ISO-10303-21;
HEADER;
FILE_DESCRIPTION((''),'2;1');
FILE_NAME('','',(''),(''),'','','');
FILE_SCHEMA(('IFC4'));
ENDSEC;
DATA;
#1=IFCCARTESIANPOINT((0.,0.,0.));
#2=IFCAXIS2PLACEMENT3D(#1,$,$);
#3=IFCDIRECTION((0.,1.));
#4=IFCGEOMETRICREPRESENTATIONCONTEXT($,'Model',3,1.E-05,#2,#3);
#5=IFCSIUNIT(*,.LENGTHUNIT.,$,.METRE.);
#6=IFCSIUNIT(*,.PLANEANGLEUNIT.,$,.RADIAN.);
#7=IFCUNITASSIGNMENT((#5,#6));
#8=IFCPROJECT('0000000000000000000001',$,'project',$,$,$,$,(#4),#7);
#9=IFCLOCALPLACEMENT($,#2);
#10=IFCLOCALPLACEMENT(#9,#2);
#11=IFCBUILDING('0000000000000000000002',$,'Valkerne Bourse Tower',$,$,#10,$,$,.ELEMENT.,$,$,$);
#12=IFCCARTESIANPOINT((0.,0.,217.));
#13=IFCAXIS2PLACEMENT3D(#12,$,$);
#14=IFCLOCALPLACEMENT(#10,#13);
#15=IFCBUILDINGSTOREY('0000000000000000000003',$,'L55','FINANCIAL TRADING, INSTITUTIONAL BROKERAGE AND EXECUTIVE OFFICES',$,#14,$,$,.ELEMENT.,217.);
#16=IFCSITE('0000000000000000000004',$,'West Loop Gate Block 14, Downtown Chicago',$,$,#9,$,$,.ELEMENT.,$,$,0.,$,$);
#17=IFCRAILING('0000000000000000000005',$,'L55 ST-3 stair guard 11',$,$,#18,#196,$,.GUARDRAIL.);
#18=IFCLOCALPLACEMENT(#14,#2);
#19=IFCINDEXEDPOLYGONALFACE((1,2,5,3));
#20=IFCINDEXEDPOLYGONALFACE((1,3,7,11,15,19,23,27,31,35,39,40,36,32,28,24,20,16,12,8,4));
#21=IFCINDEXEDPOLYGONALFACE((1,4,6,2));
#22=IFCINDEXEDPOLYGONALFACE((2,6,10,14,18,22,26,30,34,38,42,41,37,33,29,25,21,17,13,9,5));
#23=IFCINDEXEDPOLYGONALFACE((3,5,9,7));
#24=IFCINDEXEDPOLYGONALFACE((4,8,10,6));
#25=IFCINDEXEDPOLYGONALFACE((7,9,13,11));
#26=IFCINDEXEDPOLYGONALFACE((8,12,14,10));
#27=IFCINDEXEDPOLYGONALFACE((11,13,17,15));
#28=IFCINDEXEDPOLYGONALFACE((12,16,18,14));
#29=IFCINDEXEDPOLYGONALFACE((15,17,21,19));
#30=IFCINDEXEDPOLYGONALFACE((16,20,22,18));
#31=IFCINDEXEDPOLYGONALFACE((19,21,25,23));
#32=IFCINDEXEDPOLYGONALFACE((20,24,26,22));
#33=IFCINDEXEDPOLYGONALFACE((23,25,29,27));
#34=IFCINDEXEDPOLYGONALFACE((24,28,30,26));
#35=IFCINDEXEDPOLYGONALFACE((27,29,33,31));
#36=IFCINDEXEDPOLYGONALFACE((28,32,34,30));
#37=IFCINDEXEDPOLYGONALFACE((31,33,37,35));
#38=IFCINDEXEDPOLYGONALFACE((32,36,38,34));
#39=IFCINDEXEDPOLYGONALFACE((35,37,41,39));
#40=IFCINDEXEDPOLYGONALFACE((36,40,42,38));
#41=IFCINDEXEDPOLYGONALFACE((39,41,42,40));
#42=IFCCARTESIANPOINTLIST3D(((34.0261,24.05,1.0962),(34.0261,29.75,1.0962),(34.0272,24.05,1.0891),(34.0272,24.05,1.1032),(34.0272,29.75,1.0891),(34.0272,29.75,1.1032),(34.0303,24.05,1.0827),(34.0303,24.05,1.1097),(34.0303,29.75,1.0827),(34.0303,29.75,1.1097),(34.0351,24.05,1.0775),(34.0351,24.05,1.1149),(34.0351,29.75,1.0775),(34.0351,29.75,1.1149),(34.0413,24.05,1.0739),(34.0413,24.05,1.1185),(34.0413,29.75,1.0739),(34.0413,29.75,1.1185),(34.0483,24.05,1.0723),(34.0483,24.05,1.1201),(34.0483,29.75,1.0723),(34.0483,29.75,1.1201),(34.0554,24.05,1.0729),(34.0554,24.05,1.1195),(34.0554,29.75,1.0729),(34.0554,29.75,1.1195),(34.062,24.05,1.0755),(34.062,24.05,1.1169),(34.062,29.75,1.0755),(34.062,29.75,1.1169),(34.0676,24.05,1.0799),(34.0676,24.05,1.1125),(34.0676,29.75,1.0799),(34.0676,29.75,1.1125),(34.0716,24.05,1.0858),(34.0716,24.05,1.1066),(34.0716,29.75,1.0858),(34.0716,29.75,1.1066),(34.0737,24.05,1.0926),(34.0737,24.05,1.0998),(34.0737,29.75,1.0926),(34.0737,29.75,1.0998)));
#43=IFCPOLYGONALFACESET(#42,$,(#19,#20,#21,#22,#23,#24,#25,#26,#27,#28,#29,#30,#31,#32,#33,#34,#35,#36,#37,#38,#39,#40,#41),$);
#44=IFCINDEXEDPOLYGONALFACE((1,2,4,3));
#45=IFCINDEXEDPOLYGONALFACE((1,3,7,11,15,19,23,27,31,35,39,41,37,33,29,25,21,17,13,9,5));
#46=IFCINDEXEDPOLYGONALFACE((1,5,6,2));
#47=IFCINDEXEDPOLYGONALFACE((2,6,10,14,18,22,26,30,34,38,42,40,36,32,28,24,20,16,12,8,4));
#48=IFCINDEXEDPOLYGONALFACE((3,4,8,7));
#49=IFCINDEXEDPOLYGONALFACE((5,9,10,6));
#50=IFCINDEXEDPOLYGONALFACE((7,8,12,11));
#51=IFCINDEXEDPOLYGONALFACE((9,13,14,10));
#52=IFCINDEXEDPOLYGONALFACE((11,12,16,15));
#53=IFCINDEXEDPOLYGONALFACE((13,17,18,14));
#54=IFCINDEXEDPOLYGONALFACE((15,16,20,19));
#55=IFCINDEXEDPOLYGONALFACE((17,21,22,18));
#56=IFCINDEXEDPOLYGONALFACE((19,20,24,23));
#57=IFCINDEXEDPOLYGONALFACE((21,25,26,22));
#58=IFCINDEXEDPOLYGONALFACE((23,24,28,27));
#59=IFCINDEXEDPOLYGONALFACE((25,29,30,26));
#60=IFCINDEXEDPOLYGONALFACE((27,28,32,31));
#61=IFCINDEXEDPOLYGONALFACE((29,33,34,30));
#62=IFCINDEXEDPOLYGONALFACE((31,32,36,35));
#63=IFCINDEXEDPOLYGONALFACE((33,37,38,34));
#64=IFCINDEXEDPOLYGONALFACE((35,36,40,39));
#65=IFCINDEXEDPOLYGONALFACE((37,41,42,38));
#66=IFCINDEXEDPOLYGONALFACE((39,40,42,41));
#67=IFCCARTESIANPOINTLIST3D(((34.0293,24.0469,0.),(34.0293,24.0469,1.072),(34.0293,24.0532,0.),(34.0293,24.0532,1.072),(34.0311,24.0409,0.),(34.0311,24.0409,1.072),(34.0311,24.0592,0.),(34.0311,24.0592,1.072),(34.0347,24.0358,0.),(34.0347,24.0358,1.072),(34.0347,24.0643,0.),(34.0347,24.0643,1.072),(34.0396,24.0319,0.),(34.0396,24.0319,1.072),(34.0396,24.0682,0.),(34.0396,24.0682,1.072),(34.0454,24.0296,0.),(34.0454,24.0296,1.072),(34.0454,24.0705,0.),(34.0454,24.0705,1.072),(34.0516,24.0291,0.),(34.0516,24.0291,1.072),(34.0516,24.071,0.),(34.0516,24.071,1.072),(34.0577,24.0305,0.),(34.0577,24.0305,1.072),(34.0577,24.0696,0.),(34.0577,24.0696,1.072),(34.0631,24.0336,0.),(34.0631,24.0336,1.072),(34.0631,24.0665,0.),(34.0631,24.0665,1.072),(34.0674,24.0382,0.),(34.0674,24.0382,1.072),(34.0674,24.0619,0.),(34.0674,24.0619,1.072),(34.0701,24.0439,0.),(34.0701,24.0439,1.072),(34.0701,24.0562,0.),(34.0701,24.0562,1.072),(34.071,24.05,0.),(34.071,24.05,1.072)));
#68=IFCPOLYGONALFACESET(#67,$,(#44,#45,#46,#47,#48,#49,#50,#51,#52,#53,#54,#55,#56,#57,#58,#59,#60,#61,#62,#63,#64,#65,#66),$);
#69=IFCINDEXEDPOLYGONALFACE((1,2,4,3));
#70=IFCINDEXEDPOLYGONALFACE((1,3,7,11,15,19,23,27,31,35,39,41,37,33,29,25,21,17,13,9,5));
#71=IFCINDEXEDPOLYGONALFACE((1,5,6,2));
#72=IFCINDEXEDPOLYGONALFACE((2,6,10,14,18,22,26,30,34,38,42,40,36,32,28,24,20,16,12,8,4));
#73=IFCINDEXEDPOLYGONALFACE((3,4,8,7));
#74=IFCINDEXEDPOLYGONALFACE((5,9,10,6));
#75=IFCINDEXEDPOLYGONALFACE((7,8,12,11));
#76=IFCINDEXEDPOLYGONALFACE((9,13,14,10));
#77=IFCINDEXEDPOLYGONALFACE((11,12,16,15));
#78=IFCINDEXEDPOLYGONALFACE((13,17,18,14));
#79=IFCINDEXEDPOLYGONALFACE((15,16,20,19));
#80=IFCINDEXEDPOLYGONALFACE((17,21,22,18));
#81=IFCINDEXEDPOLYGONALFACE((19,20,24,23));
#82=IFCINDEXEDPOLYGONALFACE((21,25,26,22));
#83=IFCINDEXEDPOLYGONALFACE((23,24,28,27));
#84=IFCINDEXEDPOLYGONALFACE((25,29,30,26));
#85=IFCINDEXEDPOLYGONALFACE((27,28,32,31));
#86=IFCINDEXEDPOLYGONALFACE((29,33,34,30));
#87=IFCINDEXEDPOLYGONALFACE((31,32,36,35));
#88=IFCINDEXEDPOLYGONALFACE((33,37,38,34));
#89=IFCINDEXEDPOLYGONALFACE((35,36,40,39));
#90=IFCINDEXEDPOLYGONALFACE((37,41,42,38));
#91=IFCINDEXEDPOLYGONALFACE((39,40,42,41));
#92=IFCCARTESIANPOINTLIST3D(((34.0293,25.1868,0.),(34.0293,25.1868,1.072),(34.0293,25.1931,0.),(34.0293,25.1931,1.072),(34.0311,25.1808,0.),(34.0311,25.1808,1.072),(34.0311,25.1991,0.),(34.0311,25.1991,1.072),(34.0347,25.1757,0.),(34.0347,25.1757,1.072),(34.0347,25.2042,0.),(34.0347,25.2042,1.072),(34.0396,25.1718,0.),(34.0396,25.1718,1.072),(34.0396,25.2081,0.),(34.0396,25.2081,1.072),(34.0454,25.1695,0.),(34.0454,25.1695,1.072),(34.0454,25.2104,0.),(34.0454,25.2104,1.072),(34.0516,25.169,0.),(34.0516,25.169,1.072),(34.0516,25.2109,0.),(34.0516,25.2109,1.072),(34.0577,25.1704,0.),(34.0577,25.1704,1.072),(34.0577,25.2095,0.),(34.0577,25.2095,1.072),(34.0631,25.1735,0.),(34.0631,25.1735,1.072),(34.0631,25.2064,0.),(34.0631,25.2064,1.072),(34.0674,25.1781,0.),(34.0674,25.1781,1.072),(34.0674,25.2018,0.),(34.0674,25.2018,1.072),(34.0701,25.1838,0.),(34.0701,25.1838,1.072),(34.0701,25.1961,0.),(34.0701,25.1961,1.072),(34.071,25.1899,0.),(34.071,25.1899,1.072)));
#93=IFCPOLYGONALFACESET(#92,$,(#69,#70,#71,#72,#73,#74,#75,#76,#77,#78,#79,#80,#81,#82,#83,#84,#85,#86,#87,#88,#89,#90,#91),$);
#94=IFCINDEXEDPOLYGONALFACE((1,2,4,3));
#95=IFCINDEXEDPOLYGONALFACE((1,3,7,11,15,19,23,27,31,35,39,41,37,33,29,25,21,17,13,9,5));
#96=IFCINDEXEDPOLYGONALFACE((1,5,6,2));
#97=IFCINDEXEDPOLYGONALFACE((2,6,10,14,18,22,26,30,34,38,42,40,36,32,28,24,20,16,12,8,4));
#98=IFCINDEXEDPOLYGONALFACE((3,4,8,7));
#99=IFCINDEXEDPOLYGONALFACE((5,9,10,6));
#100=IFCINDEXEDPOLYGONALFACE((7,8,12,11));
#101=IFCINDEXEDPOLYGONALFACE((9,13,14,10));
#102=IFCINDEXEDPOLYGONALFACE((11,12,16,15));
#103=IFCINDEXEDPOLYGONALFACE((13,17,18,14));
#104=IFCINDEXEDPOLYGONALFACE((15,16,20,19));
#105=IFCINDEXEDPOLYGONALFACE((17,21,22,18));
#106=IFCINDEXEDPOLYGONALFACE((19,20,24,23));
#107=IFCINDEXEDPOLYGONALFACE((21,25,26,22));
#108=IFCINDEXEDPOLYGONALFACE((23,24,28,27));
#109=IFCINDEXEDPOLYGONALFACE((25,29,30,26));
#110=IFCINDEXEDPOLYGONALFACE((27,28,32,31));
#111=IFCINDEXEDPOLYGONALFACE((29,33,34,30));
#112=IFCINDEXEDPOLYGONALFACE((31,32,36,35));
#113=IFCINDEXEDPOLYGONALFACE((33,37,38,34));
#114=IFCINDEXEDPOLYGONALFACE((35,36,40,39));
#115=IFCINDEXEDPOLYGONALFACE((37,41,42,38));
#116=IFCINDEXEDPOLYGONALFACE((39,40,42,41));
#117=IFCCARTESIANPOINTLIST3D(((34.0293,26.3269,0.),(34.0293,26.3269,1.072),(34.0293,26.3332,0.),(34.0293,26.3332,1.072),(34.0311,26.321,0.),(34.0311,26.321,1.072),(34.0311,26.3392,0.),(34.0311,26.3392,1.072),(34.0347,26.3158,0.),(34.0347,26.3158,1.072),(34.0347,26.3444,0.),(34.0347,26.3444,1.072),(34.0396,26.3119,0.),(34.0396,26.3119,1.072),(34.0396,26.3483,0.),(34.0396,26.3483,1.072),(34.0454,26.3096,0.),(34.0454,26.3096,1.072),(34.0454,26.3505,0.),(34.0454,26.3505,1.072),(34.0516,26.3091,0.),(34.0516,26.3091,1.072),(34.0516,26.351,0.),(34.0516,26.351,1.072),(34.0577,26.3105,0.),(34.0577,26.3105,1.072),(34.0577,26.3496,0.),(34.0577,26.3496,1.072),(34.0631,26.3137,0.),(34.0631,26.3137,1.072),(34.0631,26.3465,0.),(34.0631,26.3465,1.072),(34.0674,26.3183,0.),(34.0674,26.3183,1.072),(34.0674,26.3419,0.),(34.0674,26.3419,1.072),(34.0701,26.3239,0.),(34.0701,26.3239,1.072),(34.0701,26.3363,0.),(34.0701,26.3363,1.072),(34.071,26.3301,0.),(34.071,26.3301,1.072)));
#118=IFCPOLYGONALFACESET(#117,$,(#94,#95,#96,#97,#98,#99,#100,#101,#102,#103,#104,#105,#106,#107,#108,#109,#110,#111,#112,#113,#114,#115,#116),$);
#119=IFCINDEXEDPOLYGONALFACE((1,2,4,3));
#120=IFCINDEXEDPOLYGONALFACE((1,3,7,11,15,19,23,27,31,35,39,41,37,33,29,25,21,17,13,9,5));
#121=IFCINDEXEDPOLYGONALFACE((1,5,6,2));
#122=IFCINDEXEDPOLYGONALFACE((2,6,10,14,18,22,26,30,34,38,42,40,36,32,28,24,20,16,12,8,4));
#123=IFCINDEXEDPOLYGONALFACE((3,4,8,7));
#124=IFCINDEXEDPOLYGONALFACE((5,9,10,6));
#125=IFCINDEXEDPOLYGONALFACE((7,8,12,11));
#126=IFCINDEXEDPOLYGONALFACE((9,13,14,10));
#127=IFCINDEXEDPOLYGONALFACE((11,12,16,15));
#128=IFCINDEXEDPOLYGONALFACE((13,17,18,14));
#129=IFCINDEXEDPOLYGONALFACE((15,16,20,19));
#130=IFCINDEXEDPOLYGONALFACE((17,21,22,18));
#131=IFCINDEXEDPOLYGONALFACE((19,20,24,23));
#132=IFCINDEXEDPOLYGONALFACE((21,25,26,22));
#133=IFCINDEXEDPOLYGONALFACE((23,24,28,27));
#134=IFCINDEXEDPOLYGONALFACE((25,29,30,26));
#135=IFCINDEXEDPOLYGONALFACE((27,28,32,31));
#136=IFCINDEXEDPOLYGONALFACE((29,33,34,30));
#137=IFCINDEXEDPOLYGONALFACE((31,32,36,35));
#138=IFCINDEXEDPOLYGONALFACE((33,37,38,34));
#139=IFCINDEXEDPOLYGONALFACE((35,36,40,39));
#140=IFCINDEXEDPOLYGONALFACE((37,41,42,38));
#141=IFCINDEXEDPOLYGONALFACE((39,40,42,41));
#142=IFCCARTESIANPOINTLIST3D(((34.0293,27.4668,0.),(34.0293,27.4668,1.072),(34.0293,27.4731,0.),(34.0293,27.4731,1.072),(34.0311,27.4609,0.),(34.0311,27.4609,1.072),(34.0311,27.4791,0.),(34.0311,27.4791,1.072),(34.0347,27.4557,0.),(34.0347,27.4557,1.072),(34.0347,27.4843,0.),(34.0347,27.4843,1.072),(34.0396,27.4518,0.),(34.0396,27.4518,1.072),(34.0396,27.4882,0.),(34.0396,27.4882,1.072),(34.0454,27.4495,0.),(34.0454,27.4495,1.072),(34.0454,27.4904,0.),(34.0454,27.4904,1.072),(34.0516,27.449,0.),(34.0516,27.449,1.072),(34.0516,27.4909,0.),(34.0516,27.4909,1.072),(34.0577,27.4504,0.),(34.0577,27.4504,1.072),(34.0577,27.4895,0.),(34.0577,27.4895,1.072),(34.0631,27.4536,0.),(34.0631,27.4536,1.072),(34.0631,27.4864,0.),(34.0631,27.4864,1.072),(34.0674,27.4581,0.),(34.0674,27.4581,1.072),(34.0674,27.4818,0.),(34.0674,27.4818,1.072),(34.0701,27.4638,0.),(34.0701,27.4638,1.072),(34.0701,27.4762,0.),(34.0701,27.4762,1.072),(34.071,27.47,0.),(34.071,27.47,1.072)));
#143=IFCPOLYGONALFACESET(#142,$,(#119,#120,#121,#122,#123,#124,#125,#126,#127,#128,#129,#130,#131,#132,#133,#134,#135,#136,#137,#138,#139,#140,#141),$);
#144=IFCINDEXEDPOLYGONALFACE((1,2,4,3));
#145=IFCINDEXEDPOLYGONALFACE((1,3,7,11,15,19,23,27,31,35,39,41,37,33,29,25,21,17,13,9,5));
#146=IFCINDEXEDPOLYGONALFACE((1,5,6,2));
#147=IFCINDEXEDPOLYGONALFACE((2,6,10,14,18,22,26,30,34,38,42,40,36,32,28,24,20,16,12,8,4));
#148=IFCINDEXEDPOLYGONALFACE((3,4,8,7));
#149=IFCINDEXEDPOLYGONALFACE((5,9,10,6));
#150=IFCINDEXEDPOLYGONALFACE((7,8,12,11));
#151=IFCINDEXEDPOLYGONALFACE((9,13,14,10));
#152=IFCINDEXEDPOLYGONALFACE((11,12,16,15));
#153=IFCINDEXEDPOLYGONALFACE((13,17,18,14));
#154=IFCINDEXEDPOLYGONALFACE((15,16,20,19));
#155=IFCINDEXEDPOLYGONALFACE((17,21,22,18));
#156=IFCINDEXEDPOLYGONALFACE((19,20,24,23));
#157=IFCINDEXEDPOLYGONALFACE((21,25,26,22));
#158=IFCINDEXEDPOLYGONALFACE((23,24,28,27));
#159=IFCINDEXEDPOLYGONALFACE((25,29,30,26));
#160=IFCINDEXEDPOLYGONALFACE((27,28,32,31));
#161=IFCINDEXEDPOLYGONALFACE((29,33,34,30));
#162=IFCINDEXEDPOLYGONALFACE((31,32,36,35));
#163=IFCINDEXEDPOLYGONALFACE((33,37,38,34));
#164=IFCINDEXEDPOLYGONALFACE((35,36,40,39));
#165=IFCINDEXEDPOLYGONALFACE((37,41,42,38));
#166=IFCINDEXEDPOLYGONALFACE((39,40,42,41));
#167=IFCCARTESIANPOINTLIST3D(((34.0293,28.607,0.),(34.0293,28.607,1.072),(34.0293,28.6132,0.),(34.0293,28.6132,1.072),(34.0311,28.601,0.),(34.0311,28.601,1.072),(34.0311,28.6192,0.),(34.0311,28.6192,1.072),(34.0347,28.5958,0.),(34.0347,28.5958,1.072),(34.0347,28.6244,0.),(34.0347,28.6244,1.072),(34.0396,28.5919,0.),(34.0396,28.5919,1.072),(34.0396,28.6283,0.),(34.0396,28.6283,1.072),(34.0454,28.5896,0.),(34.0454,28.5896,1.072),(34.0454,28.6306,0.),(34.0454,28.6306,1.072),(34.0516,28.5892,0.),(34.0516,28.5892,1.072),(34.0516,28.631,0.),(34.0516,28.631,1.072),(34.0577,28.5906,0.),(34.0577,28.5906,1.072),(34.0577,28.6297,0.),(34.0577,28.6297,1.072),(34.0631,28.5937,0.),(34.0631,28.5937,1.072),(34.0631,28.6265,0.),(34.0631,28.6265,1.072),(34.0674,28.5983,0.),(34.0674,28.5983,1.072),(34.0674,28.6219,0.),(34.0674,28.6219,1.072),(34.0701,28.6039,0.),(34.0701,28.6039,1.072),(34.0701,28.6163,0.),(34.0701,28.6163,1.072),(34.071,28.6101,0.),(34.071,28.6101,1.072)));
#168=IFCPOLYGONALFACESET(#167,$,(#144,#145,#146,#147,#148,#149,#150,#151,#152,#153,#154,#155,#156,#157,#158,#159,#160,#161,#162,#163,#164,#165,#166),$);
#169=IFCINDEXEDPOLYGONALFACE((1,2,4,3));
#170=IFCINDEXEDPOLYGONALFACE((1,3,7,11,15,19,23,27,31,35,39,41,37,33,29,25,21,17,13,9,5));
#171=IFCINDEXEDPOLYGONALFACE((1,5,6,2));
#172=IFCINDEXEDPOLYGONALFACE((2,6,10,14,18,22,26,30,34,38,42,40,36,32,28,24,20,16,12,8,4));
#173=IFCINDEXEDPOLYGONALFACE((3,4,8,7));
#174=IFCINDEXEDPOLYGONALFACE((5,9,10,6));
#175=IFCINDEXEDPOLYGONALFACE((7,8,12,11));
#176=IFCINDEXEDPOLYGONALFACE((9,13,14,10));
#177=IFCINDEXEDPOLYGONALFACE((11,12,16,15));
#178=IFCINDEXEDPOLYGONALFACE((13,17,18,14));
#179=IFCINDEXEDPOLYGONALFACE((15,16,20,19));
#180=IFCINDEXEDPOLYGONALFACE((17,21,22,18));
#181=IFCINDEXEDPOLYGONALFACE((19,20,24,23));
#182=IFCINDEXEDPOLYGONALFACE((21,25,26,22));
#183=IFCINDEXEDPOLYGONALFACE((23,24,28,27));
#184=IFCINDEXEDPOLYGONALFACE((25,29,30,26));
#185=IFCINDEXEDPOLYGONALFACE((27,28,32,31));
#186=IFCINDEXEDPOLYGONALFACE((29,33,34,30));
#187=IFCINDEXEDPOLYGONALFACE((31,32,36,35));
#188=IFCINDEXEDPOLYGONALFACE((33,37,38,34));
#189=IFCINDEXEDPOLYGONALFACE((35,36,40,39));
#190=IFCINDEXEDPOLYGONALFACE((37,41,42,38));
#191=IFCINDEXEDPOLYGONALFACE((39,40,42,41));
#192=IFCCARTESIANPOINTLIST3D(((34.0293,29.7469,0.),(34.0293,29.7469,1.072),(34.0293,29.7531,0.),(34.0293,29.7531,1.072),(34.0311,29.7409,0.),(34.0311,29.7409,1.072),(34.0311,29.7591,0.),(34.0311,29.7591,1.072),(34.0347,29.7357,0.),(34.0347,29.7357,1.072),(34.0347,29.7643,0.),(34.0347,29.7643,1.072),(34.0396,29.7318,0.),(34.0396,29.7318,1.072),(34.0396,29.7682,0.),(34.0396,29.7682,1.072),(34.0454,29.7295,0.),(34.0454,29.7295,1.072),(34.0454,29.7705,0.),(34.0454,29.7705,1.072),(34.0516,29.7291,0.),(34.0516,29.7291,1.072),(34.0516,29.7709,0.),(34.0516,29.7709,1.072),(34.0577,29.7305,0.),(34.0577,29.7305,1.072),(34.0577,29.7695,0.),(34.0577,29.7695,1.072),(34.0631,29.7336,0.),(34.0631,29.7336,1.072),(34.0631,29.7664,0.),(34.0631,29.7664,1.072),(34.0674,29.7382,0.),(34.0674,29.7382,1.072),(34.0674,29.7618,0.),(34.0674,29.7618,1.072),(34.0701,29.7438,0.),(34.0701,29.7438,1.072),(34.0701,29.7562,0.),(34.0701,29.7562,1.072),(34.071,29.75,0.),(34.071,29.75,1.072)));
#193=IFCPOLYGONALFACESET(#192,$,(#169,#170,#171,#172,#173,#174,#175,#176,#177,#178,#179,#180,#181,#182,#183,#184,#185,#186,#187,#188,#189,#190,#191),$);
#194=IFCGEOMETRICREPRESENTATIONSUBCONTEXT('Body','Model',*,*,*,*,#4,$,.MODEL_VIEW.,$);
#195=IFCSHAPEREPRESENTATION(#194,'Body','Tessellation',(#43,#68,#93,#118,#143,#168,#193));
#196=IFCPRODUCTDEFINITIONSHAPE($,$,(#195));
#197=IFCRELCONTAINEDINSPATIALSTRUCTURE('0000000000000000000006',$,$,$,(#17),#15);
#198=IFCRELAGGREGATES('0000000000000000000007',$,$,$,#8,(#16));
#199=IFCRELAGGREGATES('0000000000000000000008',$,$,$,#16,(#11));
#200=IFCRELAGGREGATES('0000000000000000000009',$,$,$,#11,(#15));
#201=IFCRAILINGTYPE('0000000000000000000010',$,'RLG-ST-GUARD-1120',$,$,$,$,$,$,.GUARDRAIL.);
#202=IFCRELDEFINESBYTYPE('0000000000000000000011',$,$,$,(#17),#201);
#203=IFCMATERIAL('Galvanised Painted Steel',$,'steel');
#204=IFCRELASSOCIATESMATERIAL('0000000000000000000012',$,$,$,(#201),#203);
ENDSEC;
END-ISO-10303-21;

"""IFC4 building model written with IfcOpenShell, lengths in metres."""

from ifc_helpers import new_model, si_unit, direction, frame, origin, origin_2d, place, context, subcontext, project, spatial, circle, extrude, material, type_object, element, save


model = new_model("IFC4")

# Units and contexts
model_context = context("Model", 3, precision=1e-05, world=origin(), true_north=direction((0.0, 1.0)))
body_context = subcontext(model_context, "Body", "Model", "MODEL_VIEW")
ifc_project = project(units=[si_unit("LENGTHUNIT", "METRE"), si_unit("PLANEANGLEUNIT", "RADIAN")], contexts=[model_context])

# Site, building, storey
site_placement = place(None, origin())
site = spatial("IfcSite", under=ifc_project, at=site_placement, Name="West Loop Gate Block 14, Downtown Chicago", CompositionType="ELEMENT", RefElevation=0.0)
building_placement = place(site_placement, origin())
building = spatial("IfcBuilding", under=site, at=building_placement, Name="Valkerne Bourse Tower", CompositionType="ELEMENT")
storey_placement = place(building_placement, frame((0.0, 0.0, 217.0)))
storey = spatial("IfcBuildingStorey", under=building, at=storey_placement, Name="L55", Description="FINANCIAL TRADING, INSTITUTIONAL BROKERAGE AND EXECUTIVE OFFICES", CompositionType="ELEMENT", Elevation=217.0)

# Shared definitions
ifc_material_1 = material(Name="Galvanised Painted Steel", Category="steel")

# Railing
railing_type_1 = type_object("IfcRailingType", Name="RLG-ST-GUARD-1120", PredefinedType="GUARDRAIL", material=ifc_material_1)
railing_1_placement = place(storey_placement, frame((34.05, 24.05, 0.0)))
element("IfcRailing", 1, at=railing_1_placement, inside=storey, type_object=railing_type_1, Name="L55 ST-3 stair guard 11", PredefinedType="GUARDRAIL", context=body_context, shape_type="SweptSolid", body=[
    extrude(circle(Radius=0.0239, at=origin_2d()), frame((0.0, 0.0, 1.0962), z_axis=(0.0, 1.0, 0.0), x_axis=(-1.0, 0.0, 0.0)), (0.0, 0.0, 1.0), 5.7),
    extrude(circle(Radius=0.021, at=origin_2d()), origin(), (0.0, 0.0, 1.0), 1.072),
    extrude(circle(Radius=0.021, at=origin_2d()), frame((0.0, 1.1399, 0.0)), (0.0, 0.0, 1.0), 1.072),
    extrude(circle(Radius=0.021, at=origin_2d()), frame((0.0, 2.28, 0.0)), (0.0, 0.0, 1.0), 1.072),
    extrude(circle(Radius=0.021, at=origin_2d()), frame((0.0, 3.4199, 0.0)), (0.0, 0.0, 1.0), 1.072),
    extrude(circle(Radius=0.021, at=origin_2d()), frame((0.0, 4.5601, 0.0)), (0.0, 0.0, 1.0), 1.072),
    extrude(circle(Radius=0.021, at=origin_2d()), frame((0.0, 5.7, 0.0)), (0.0, 0.0, 1.0), 1.072),
])

save(model, "model.ifc")
